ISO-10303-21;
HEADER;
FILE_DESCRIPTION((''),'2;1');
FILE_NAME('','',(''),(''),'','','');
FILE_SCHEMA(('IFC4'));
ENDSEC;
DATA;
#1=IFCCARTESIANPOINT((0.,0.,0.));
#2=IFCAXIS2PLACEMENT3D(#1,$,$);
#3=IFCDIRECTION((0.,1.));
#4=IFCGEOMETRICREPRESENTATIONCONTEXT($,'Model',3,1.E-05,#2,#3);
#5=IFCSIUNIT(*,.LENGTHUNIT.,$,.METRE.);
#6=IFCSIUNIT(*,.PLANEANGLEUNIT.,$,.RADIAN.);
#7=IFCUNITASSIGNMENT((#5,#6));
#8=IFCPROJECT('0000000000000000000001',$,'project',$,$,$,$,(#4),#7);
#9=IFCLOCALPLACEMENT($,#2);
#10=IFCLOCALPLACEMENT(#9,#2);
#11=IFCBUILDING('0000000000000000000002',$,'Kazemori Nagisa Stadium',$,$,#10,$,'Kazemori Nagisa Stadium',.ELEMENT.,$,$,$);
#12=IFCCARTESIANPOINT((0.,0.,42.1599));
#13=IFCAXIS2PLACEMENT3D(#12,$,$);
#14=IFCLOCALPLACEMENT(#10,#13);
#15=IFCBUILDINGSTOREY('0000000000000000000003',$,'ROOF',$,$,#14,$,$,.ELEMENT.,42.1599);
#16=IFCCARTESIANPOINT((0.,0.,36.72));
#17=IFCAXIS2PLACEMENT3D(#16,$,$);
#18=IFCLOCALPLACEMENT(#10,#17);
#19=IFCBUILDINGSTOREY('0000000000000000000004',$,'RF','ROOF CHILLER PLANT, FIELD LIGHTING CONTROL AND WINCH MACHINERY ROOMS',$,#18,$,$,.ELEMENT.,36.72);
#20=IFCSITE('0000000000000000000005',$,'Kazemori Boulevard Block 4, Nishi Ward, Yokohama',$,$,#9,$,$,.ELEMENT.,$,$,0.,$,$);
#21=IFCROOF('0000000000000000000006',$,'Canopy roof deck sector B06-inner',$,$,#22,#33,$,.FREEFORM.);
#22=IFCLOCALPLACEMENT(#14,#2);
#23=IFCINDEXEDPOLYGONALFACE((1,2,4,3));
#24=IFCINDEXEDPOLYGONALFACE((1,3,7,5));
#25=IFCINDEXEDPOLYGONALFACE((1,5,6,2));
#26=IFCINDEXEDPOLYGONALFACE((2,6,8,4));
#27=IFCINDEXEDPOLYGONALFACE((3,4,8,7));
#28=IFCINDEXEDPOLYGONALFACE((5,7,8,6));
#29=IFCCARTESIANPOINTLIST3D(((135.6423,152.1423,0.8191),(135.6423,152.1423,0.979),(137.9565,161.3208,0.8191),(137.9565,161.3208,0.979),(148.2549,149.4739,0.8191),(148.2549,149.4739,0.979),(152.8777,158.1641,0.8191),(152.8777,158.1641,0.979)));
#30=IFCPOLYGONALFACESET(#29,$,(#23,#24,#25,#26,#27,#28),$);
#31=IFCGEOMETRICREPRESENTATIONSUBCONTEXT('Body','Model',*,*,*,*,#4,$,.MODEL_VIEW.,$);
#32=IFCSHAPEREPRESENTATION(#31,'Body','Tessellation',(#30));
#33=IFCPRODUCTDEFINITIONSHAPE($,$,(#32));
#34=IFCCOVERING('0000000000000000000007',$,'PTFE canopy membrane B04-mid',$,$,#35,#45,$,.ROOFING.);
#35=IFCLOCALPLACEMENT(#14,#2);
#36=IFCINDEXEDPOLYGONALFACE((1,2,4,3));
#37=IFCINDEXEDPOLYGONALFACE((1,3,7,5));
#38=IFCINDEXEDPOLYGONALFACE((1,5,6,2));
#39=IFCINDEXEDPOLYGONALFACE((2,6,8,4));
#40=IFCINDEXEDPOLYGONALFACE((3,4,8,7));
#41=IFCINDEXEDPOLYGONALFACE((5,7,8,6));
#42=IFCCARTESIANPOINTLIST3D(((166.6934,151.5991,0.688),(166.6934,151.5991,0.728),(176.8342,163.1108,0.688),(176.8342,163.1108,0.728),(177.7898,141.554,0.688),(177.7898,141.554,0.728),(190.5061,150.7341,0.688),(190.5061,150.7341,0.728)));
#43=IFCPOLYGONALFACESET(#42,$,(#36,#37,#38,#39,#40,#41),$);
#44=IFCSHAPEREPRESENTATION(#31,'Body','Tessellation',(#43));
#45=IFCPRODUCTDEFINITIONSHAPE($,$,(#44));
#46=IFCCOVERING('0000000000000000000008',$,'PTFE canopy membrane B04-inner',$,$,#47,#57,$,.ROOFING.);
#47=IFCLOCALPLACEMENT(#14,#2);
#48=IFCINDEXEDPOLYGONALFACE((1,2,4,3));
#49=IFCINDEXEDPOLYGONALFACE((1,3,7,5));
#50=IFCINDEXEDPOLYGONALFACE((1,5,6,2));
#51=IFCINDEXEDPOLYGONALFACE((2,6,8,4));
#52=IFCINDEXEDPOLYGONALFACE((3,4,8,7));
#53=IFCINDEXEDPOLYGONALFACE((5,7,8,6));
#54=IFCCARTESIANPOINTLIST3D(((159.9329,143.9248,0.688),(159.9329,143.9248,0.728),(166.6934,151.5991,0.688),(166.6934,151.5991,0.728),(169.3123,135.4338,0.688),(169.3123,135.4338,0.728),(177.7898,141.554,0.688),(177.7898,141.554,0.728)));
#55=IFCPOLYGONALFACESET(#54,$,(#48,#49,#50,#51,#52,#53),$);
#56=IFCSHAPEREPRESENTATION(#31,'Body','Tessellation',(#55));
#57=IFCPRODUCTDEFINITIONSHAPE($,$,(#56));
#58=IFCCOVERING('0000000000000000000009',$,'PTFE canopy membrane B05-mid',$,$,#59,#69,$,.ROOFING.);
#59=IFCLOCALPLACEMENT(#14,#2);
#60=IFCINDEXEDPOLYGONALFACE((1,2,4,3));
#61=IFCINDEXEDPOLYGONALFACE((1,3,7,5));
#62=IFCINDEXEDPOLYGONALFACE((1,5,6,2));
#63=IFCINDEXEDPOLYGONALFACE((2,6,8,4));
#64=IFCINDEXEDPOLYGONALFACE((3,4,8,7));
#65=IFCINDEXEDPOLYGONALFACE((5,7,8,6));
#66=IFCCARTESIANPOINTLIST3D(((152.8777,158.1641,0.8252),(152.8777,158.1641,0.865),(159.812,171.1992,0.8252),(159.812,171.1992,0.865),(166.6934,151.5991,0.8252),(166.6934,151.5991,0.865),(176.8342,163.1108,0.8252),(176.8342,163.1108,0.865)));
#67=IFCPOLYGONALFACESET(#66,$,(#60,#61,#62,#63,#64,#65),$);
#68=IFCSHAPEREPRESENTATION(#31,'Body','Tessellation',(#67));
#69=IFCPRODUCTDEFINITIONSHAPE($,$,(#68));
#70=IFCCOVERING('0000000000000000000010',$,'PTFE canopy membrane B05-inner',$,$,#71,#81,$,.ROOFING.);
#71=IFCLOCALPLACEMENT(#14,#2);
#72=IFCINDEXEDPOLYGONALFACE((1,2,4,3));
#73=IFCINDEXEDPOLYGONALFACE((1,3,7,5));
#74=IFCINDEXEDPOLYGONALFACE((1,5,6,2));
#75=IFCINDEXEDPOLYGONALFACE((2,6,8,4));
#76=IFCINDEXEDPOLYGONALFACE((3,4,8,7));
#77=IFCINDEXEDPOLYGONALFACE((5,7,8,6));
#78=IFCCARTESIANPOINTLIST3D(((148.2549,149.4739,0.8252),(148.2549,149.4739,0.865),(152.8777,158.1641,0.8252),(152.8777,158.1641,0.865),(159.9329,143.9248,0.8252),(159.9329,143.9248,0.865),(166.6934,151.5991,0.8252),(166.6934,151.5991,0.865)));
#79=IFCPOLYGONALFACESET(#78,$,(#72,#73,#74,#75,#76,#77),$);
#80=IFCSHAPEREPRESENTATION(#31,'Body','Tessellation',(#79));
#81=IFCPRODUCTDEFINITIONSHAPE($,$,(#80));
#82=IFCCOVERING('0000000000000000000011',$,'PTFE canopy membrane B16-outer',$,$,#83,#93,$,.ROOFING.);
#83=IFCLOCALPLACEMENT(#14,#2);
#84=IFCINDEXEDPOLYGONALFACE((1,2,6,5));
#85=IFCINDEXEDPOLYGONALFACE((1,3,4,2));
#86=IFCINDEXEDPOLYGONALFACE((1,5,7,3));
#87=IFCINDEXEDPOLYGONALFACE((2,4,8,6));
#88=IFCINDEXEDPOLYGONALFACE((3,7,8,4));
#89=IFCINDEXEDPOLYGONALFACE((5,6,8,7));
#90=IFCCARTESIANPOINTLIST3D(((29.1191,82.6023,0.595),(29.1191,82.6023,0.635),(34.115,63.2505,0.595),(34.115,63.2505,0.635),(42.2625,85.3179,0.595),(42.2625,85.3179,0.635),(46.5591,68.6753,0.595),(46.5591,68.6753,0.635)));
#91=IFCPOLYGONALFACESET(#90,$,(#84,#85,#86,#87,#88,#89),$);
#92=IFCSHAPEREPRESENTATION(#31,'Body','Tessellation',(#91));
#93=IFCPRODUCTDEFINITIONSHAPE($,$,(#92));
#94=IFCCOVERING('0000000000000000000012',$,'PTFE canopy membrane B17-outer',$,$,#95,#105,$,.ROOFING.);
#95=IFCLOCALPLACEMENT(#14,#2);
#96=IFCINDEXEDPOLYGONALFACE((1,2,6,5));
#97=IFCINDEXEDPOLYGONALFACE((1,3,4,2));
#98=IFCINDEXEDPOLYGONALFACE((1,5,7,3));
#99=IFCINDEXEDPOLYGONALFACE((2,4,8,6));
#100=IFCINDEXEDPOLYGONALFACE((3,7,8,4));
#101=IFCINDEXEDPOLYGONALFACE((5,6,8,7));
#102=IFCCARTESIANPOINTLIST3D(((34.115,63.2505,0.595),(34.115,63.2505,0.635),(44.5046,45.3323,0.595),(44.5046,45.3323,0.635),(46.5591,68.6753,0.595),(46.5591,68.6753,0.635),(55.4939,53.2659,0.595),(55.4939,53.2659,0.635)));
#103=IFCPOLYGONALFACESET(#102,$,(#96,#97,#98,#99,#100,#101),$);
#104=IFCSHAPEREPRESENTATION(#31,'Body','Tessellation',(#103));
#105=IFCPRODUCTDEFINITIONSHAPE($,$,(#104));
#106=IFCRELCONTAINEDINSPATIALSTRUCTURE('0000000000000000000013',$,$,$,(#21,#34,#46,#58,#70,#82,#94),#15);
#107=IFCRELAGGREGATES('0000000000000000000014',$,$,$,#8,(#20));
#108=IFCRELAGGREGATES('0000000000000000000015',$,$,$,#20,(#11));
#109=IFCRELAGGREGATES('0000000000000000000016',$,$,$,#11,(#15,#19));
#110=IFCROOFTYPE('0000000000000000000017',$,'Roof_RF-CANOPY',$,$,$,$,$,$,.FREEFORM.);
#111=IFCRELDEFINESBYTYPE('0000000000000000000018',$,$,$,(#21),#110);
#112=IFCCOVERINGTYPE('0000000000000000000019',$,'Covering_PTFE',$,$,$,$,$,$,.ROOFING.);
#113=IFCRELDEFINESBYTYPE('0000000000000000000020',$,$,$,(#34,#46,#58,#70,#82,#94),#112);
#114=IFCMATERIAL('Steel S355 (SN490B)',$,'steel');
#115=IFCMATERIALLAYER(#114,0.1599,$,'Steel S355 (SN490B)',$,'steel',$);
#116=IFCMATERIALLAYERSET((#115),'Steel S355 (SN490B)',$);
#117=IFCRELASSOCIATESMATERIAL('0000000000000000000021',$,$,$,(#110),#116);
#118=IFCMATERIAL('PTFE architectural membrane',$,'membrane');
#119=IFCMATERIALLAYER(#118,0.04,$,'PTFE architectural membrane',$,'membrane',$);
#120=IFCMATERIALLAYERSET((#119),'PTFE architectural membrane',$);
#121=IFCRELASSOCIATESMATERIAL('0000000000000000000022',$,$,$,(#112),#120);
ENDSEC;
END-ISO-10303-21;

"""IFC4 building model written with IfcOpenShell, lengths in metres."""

from ifc_helpers import new_model, si_unit, direction, frame, origin, place, context, subcontext, project, spatial, polyline, outline, extrude, material, layer, layer_set, type_object, element, save


model = new_model("IFC4")

# Units and contexts
model_context = context("Model", 3, precision=1e-05, world=origin(), true_north=direction((0.0, 1.0)))
body_context = subcontext(model_context, "Body", "Model", "MODEL_VIEW")
ifc_project = project(units=[si_unit("LENGTHUNIT", "METRE"), si_unit("PLANEANGLEUNIT", "RADIAN")], contexts=[model_context])

# Site, building, storey
site_placement = place(None, origin())
site = spatial("IfcSite", under=ifc_project, at=site_placement, Name="Kazemori Boulevard Block 4, Nishi Ward, Yokohama", CompositionType="ELEMENT", RefElevation=0.0)
building_placement = place(site_placement, origin())
building = spatial("IfcBuilding", under=site, at=building_placement, Name="Kazemori Nagisa Stadium", LongName="Kazemori Nagisa Stadium", CompositionType="ELEMENT")
storey_1_placement = place(building_placement, frame((0.0, 0.0, 42.1599)))
storey_1 = spatial("IfcBuildingStorey", under=building, at=storey_1_placement, Name="ROOF", CompositionType="ELEMENT", Elevation=42.1599)

# Shared definitions
storey_2_placement = place(building_placement, frame((0.0, 0.0, 36.72)))
storey_2 = spatial("IfcBuildingStorey", under=building, at=storey_2_placement, Name="RF", Description="ROOF CHILLER PLANT, FIELD LIGHTING CONTROL AND WINCH MACHINERY ROOMS", CompositionType="ELEMENT", Elevation=36.72)

# Roof
ifc_material_1 = material(Name="Steel S355 (SN490B)", Category="steel")
ifc_layer_1 = layer(ifc_material_1, 0.1599, Name="Steel S355 (SN490B)", Category="steel")
ifc_layer_set_1 = layer_set([ifc_layer_1], Name="Steel S355 (SN490B)")
roof_type = type_object("IfcRoofType", Name="Roof_RF-CANOPY", PredefinedType="FREEFORM", material=ifc_layer_set_1)
roof_1_placement = place(storey_1_placement, frame((0.0, 0.0, 0.8191)))
element("IfcRoof", 1, at=roof_1_placement, inside=storey_1, type_object=roof_type, Name="Canopy roof deck sector B06-inner", PredefinedType="FREEFORM", context=body_context, shape_type="SweptSolid", body=[
    extrude(outline(polyline([(152.8777, 158.1641), (137.9565, 161.3208), (135.6423, 152.1423), (148.2549, 149.4739), (152.8777, 158.1641)])), origin(), (0.0, 0.0, 1.0), 0.1599),
])

# Coverings
ifc_material_2 = material(Name="PTFE architectural membrane", Category="membrane")
ifc_layer_2 = layer(ifc_material_2, 0.04, Name="PTFE architectural membrane", Category="membrane")
ifc_layer_set_2 = layer_set([ifc_layer_2], Name="PTFE architectural membrane")
covering_type = type_object("IfcCoveringType", Name="Covering_PTFE", PredefinedType="ROOFING", material=ifc_layer_set_2)
covering_1_placement = place(storey_1_placement, frame((0.0, 0.0, 0.688)))
element("IfcCovering", 2, at=covering_1_placement, inside=storey_1, type_object=covering_type, Name="PTFE canopy membrane B04-mid", PredefinedType="ROOFING", context=body_context, shape_type="SweptSolid", body=[
    extrude(outline(polyline([(190.5061, 150.7341), (176.8342, 163.1108), (166.6934, 151.5991), (177.7898, 141.554), (190.5061, 150.7341)])), origin(), (0.0, 0.0, 1.0), 0.04),
])
covering_2_placement = place(storey_1_placement, frame((0.0, 0.0, 0.688)))
element("IfcCovering", 3, at=covering_2_placement, inside=storey_1, type_object=covering_type, Name="PTFE canopy membrane B04-inner", PredefinedType="ROOFING", context=body_context, shape_type="SweptSolid", body=[
    extrude(outline(polyline([(177.7898, 141.554), (166.6934, 151.5991), (159.9329, 143.9248), (169.3123, 135.4338), (177.7898, 141.554)])), origin(), (0.0, 0.0, 1.0), 0.04),
])
covering_3_placement = place(storey_1_placement, frame((0.0, 0.0, 0.8252)))
element("IfcCovering", 4, at=covering_3_placement, inside=storey_1, type_object=covering_type, Name="PTFE canopy membrane B05-mid", PredefinedType="ROOFING", context=body_context, shape_type="SweptSolid", body=[
    extrude(outline(polyline([(176.8342, 163.1108), (159.812, 171.1992), (152.8777, 158.1641), (166.6934, 151.5991), (176.8342, 163.1108)])), origin(), (0.0, 0.0, 1.0), 0.0398),
])
covering_4_placement = place(storey_1_placement, frame((0.0, 0.0, 0.8252)))
element("IfcCovering", 5, at=covering_4_placement, inside=storey_1, type_object=covering_type, Name="PTFE canopy membrane B05-inner", PredefinedType="ROOFING", context=body_context, shape_type="SweptSolid", body=[
    extrude(outline(polyline([(166.6934, 151.5991), (152.8777, 158.1641), (148.2549, 149.4739), (159.9329, 143.9248), (166.6934, 151.5991)])), origin(), (0.0, 0.0, 1.0), 0.0398),
])
covering_5_placement = place(storey_1_placement, frame((0.0, 0.0, 0.595)))
element("IfcCovering", 6, at=covering_5_placement, inside=storey_1, type_object=covering_type, Name="PTFE canopy membrane B16-outer", PredefinedType="ROOFING", context=body_context, shape_type="SweptSolid", body=[
    extrude(outline(polyline([(29.1191, 82.6023), (34.115, 63.2505), (46.5591, 68.6753), (42.2625, 85.3179), (29.1191, 82.6023)])), origin(), (0.0, 0.0, 1.0), 0.04),
])
covering_6_placement = place(storey_1_placement, frame((0.0, 0.0, 0.595)))
element("IfcCovering", 7, at=covering_6_placement, inside=storey_1, type_object=covering_type, Name="PTFE canopy membrane B17-outer", PredefinedType="ROOFING", context=body_context, shape_type="SweptSolid", body=[
    extrude(outline(polyline([(34.115, 63.2505), (44.5046, 45.3323), (55.4939, 53.2659), (46.5591, 68.6753), (34.115, 63.2505)])), origin(), (0.0, 0.0, 1.0), 0.04),
])

save(model, "model.ifc")
